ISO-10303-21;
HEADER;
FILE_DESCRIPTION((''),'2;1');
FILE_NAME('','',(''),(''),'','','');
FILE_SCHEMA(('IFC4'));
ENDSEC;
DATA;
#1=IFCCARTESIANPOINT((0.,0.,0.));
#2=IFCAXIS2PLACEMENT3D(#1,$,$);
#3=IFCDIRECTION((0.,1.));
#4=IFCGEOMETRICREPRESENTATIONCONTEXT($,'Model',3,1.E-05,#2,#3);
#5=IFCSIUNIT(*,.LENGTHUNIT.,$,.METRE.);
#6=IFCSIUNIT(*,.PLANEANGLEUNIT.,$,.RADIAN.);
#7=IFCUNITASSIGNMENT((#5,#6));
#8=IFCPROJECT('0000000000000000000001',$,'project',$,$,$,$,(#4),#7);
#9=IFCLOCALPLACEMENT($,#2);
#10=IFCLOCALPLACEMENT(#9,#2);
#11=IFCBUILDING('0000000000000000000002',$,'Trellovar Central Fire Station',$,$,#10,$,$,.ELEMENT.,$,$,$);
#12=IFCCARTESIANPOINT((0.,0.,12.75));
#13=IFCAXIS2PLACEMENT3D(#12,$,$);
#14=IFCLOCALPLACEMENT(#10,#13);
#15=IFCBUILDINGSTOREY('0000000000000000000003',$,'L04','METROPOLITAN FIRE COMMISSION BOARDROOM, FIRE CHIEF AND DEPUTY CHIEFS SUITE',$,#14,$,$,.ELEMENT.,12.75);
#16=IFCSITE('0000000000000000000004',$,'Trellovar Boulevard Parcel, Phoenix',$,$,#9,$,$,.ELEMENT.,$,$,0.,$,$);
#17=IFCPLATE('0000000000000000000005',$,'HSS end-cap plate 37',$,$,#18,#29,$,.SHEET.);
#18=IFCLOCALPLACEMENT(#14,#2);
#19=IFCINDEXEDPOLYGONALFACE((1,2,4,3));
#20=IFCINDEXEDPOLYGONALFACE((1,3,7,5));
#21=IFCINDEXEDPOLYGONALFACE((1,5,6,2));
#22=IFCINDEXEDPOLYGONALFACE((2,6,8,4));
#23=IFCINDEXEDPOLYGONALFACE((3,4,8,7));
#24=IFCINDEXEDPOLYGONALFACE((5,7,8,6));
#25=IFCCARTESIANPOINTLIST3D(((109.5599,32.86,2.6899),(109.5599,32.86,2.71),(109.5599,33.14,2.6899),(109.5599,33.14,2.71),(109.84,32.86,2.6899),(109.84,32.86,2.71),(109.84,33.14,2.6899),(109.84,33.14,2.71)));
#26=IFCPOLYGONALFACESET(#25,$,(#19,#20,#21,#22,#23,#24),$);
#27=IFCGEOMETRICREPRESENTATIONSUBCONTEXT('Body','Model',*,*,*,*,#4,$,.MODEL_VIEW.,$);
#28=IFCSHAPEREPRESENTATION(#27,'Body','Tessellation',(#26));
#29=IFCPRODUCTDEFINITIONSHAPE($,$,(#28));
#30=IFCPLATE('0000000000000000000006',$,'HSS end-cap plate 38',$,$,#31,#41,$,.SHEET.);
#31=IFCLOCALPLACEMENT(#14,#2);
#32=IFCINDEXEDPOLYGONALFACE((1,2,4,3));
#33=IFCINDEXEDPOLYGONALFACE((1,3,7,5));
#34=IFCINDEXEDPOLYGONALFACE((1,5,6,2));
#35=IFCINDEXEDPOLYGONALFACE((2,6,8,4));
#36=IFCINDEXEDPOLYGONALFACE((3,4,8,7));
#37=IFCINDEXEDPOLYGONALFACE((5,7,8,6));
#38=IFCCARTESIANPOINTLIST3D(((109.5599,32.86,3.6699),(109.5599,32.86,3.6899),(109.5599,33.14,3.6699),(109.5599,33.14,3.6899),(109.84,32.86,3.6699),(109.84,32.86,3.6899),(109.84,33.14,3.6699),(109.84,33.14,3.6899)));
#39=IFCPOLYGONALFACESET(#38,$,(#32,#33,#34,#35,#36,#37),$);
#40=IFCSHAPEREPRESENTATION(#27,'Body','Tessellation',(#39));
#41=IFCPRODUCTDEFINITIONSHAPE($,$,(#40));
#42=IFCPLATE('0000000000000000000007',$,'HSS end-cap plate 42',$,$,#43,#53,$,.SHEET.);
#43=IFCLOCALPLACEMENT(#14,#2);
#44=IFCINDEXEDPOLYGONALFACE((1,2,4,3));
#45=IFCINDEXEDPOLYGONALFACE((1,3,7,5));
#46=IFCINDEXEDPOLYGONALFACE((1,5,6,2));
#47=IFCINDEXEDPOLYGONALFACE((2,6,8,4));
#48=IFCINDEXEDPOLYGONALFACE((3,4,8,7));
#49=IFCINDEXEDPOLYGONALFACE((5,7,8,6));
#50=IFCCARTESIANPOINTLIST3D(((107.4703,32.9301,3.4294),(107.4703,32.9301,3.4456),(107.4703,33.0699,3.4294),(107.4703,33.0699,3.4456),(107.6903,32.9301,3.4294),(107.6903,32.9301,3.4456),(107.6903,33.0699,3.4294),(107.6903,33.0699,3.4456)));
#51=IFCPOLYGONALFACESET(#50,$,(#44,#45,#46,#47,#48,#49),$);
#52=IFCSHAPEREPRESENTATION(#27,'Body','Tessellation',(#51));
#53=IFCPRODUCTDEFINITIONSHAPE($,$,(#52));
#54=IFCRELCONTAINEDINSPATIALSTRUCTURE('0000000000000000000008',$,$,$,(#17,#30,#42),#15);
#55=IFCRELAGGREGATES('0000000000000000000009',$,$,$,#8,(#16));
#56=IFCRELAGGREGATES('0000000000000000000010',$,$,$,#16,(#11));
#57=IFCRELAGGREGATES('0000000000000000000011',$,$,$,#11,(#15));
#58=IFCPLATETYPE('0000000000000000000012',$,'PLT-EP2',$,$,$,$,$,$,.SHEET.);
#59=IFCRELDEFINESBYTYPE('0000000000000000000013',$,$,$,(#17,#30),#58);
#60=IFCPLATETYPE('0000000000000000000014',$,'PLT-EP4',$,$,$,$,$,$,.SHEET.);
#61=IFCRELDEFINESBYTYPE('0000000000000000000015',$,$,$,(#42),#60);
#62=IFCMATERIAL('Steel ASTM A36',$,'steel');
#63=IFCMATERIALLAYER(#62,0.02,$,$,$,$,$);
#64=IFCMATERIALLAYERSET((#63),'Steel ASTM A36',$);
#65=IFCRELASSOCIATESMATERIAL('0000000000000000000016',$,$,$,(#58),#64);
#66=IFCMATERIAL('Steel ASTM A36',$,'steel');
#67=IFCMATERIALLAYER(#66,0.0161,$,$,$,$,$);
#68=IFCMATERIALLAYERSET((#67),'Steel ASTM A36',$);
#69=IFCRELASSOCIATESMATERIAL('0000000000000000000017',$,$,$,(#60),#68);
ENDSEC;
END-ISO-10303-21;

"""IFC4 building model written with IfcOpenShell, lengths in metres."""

from ifc_helpers import new_model, si_unit, direction, frame, origin, origin_2d, place, context, subcontext, project, spatial, rectangle, extrude, material, layer, layer_set, type_object, element, save


model = new_model("IFC4")

# Units and contexts
model_context = context("Model", 3, precision=1e-05, world=origin(), true_north=direction((0.0, 1.0)))
body_context = subcontext(model_context, "Body", "Model", "MODEL_VIEW")
ifc_project = project(units=[si_unit("LENGTHUNIT", "METRE"), si_unit("PLANEANGLEUNIT", "RADIAN")], contexts=[model_context])

# Site, building, storey
site_placement = place(None, origin())
site = spatial("IfcSite", under=ifc_project, at=site_placement, Name="Trellovar Boulevard Parcel, Phoenix", CompositionType="ELEMENT", RefElevation=0.0)
building_placement = place(site_placement, origin())
building = spatial("IfcBuilding", under=site, at=building_placement, Name="Trellovar Central Fire Station", CompositionType="ELEMENT")
storey_placement = place(building_placement, frame((0.0, 0.0, 12.75)))
storey = spatial("IfcBuildingStorey", under=building, at=storey_placement, Name="L04", Description="METROPOLITAN FIRE COMMISSION BOARDROOM, FIRE CHIEF AND DEPUTY CHIEFS SUITE", CompositionType="ELEMENT", Elevation=12.75)

# Plates
ifc_material_1 = material(Name="Steel ASTM A36", Category="steel")
ifc_layer_1 = layer(ifc_material_1, 0.02)
ifc_layer_set_1 = layer_set([ifc_layer_1], Name="Steel ASTM A36")
plate_type_1 = type_object("IfcPlateType", Name="PLT-EP2", PredefinedType="SHEET", material=ifc_layer_set_1)
for number, where, z_axis, x_axis, name in (
    (1, (109.7, 33.0, 2.6899), (0.0, 0.0, 1.0), (1.0, 0.0, 0.0), "HSS end-cap plate 37"),
    (2, (109.7, 33.0, 3.6699), (0.0, 0.0, 1.0), (1.0, 0.0, 0.0), "HSS end-cap plate 38"),
):
    element("IfcPlate", number, at=place(storey_placement, frame(where, z_axis=z_axis, x_axis=x_axis)), inside=storey, type_object=plate_type_1, Name=name, PredefinedType="SHEET", context=body_context, shape_type="SweptSolid", body=[
        extrude(rectangle(XDim=0.28, YDim=0.28, at=origin_2d()), origin(), (0.0, 0.0, 1.0), 0.02),
    ])
ifc_material_2 = material(Name="Steel ASTM A36", Category="steel")
ifc_layer_2 = layer(ifc_material_2, 0.0161)
ifc_layer_set_2 = layer_set([ifc_layer_2], Name="Steel ASTM A36")
plate_type_2 = type_object("IfcPlateType", Name="PLT-EP4", PredefinedType="SHEET", material=ifc_layer_set_2)
plate_1_placement = place(storey_placement, frame((107.5803, 33.0, 3.4294), z_axis=(0.0, 0.0, 1.0), x_axis=(1.0, 0.0, 0.0)))
element("IfcPlate", 3, at=plate_1_placement, inside=storey, type_object=plate_type_2, Name="HSS end-cap plate 42", PredefinedType="SHEET", context=body_context, shape_type="SweptSolid", body=[
    extrude(rectangle(XDim=0.22, YDim=0.1399, at=origin_2d()), origin(), (0.0, 0.0, 1.0), 0.0161),
])

save(model, "model.ifc")
